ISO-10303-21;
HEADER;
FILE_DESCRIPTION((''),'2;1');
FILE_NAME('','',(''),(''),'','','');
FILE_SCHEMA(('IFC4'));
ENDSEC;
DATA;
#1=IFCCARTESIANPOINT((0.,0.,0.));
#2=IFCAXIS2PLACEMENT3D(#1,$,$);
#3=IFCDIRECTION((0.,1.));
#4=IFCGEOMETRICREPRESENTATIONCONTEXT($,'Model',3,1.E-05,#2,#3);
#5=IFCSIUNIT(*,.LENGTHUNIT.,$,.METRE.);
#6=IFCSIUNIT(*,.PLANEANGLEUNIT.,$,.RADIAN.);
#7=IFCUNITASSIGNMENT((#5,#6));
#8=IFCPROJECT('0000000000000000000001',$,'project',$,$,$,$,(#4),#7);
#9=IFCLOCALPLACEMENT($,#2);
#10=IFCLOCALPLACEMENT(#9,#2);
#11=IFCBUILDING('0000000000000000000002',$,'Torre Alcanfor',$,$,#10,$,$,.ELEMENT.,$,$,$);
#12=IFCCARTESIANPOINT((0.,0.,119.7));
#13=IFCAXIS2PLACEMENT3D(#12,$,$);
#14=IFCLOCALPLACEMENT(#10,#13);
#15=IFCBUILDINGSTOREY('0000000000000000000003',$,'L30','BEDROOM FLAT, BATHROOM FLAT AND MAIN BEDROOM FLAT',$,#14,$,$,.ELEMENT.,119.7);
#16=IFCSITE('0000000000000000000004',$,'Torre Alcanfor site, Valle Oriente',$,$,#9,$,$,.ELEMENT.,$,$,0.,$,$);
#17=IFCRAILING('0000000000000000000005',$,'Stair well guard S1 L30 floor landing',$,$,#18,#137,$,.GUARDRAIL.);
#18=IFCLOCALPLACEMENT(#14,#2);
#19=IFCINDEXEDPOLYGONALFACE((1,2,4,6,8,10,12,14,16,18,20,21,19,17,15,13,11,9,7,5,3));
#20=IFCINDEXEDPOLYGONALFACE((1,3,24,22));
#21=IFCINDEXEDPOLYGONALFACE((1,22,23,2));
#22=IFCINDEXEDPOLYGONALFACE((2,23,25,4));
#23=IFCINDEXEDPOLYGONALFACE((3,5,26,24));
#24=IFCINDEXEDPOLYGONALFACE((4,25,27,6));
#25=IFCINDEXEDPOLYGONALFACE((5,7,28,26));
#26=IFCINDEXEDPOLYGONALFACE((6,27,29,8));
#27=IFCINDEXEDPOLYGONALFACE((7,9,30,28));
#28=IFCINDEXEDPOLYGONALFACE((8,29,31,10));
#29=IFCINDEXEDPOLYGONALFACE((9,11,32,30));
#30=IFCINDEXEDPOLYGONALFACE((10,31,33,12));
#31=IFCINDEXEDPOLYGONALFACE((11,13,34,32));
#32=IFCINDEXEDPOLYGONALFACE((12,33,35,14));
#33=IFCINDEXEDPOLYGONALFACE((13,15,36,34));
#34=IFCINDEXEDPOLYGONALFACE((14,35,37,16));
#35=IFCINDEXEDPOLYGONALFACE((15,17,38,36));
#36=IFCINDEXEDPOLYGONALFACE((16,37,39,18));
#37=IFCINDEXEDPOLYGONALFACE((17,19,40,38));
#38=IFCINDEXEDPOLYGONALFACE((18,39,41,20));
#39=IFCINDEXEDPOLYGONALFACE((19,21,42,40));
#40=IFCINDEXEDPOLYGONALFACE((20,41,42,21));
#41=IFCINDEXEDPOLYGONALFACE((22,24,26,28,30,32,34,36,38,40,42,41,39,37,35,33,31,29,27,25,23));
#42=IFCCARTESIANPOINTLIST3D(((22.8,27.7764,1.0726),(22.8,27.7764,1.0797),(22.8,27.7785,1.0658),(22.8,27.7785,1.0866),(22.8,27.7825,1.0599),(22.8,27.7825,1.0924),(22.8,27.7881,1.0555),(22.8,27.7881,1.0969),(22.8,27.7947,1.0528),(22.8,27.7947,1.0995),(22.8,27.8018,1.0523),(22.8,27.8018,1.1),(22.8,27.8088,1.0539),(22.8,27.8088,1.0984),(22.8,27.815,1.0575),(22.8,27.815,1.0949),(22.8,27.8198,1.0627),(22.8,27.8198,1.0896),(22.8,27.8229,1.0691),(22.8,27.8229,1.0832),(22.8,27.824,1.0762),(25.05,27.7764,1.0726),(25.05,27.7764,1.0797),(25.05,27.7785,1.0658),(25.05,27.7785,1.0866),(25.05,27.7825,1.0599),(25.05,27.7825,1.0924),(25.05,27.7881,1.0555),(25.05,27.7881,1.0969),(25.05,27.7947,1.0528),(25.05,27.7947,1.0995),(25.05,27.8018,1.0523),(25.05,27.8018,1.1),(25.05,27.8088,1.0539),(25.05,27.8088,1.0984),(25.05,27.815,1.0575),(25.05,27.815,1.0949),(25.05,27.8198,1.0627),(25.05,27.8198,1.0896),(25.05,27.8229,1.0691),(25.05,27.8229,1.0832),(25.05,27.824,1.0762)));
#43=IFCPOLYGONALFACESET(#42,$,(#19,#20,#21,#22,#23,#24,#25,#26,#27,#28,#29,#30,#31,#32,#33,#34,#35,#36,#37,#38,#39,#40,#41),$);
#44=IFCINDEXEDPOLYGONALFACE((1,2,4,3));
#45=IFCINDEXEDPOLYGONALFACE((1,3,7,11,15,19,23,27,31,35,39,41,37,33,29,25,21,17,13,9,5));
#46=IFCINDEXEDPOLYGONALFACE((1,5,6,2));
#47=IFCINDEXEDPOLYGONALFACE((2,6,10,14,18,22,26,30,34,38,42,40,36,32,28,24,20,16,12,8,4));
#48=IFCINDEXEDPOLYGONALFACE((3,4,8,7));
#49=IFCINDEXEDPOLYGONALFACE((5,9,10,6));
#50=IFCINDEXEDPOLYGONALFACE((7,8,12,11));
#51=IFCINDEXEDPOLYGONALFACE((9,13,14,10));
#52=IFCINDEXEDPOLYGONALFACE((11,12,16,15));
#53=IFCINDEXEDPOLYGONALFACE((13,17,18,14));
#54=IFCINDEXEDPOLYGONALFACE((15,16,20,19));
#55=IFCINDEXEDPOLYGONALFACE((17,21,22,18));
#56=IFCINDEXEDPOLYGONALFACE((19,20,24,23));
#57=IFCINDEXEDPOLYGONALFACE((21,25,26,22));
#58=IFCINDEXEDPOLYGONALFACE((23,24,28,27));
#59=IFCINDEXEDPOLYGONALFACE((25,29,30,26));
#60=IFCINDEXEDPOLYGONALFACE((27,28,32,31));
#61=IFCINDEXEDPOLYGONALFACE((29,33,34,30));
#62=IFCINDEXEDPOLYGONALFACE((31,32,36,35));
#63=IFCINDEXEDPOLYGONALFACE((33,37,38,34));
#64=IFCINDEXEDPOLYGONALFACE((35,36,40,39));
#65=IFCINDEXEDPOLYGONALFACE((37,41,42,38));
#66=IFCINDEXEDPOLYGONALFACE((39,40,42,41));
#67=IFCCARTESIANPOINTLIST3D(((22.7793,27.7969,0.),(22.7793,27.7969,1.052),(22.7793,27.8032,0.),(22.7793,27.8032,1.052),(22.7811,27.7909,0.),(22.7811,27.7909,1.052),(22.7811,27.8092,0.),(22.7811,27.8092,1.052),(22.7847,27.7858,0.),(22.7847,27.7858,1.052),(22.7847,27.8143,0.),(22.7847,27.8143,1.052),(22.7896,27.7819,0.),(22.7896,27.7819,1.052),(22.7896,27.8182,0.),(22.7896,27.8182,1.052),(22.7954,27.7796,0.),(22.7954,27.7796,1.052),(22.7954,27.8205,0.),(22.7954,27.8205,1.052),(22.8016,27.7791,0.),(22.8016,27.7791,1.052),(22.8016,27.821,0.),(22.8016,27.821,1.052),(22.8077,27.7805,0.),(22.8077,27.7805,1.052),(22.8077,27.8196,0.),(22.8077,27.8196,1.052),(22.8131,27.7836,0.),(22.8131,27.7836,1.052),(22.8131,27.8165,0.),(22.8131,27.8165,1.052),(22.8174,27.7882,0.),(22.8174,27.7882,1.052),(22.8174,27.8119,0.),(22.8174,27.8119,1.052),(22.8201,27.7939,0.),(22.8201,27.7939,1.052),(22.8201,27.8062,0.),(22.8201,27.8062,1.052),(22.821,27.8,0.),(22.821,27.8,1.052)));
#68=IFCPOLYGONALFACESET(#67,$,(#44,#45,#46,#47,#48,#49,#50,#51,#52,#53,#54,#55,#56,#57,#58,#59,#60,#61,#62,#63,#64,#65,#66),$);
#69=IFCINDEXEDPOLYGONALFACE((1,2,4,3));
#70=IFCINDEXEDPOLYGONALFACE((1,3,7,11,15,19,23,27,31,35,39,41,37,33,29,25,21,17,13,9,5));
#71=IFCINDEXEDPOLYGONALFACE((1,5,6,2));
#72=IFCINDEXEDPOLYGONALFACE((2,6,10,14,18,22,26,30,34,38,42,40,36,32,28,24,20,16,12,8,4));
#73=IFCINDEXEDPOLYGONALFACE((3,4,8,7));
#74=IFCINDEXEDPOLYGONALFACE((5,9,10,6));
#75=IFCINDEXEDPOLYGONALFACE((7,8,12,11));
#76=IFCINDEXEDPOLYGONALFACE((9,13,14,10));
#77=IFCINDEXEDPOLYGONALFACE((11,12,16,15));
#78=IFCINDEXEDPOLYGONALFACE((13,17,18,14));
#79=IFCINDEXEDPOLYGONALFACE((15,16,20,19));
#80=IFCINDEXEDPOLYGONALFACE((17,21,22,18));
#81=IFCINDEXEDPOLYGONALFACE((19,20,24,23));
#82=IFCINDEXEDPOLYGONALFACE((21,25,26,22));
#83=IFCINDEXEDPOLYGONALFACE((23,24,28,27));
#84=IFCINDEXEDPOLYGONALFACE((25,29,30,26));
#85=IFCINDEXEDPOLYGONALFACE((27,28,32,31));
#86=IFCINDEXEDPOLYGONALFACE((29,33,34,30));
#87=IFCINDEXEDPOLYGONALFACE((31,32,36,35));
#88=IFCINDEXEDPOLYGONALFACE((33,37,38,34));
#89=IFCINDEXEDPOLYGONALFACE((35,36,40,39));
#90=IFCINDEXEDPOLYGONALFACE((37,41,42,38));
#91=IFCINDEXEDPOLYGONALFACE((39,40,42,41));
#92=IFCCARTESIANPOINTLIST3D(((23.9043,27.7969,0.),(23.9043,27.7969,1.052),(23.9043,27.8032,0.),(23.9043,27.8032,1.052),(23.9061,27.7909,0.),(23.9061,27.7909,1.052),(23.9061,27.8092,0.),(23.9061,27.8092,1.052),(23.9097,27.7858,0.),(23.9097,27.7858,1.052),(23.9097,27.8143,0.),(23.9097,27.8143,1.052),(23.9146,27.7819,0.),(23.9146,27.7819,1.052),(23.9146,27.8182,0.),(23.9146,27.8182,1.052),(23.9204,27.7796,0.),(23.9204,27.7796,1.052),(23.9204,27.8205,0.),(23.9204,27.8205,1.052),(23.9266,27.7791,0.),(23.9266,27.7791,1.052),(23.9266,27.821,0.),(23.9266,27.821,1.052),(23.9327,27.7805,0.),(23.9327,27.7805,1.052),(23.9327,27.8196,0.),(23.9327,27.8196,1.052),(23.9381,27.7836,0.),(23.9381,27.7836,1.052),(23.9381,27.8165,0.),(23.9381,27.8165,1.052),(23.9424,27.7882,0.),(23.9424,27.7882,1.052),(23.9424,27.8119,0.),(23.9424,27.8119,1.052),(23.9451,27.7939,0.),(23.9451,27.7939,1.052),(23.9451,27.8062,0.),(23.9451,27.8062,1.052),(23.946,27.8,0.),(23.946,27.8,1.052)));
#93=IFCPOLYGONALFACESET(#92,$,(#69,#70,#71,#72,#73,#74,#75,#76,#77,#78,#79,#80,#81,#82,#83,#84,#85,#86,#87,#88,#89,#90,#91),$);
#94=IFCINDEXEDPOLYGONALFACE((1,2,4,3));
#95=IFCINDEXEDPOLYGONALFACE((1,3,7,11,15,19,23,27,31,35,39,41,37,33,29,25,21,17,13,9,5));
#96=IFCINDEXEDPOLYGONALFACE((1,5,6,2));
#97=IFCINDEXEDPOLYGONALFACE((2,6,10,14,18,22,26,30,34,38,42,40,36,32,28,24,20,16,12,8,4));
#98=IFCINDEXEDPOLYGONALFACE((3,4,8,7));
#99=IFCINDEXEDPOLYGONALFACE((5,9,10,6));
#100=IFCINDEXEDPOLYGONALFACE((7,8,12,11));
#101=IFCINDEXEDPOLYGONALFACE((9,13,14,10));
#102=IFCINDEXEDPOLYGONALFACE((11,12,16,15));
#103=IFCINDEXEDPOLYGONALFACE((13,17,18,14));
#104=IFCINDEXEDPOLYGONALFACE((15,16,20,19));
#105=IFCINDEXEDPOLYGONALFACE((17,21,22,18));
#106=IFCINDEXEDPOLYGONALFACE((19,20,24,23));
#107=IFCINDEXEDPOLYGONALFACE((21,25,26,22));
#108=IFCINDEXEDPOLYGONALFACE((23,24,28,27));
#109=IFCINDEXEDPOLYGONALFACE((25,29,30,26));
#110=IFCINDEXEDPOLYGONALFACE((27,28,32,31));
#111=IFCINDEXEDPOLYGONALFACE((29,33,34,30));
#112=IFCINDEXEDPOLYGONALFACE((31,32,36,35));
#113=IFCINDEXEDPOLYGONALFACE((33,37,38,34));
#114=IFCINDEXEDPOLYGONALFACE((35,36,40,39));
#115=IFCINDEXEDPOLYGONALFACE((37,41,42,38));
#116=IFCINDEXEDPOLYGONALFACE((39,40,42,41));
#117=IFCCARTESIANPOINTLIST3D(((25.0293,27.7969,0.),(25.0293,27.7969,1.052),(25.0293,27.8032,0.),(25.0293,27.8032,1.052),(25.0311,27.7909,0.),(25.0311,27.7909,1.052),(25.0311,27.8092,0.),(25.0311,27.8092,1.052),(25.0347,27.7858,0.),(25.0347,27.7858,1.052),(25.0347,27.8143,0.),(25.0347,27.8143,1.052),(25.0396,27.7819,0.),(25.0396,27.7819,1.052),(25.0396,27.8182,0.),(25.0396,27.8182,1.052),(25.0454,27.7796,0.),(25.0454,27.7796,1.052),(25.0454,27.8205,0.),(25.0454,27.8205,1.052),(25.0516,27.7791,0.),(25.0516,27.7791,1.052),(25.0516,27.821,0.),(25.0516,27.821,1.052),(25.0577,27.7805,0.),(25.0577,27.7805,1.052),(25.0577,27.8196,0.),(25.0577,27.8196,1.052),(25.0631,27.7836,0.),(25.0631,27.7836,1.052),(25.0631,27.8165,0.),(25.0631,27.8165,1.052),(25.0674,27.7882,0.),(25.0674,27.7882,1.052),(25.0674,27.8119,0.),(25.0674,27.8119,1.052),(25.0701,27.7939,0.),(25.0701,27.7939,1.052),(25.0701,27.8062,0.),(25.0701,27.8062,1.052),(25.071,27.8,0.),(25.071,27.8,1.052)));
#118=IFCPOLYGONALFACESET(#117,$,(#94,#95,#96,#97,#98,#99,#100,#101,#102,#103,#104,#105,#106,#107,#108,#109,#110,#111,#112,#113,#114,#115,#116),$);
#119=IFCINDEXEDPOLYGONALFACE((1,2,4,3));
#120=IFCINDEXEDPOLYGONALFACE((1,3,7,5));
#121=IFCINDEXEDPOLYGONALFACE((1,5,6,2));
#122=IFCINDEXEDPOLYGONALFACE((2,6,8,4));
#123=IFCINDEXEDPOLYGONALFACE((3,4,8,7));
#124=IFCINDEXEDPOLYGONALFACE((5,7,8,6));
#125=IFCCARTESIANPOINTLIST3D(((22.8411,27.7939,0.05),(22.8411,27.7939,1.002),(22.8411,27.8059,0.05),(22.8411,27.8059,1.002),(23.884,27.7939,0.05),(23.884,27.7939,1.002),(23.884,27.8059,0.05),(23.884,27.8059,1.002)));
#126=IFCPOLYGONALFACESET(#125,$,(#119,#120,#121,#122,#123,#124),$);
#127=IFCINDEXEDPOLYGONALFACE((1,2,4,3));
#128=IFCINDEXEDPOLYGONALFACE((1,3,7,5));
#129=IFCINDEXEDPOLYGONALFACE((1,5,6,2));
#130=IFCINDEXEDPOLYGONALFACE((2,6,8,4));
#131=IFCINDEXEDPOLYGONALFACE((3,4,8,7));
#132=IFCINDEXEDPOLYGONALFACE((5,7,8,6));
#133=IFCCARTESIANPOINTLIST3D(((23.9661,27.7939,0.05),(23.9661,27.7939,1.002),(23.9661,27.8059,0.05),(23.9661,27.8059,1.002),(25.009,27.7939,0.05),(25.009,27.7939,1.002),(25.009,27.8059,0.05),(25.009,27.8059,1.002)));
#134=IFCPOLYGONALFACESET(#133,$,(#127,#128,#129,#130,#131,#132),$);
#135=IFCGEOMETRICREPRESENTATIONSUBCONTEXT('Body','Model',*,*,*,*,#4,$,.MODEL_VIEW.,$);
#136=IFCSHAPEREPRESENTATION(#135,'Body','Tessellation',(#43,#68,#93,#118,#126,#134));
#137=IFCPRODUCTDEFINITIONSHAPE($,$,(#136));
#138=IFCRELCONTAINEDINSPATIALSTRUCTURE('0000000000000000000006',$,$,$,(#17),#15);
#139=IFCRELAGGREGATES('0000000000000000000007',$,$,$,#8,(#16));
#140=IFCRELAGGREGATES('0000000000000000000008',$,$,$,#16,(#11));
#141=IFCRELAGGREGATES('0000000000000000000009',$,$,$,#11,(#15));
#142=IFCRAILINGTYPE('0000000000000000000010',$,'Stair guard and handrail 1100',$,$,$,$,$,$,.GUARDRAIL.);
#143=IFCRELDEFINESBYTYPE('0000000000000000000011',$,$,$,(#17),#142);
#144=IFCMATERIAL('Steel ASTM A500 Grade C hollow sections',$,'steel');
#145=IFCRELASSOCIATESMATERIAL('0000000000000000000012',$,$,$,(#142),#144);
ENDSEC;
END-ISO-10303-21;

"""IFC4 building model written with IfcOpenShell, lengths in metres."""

from ifc_helpers import new_model, si_unit, direction, frame, origin, origin_2d, place, context, subcontext, project, spatial, polyline, circle, outline, extrude, material, type_object, element, save


model = new_model("IFC4")

# Units and contexts
model_context = context("Model", 3, precision=1e-05, world=origin(), true_north=direction((0.0, 1.0)))
body_context = subcontext(model_context, "Body", "Model", "MODEL_VIEW")
ifc_project = project(units=[si_unit("LENGTHUNIT", "METRE"), si_unit("PLANEANGLEUNIT", "RADIAN")], contexts=[model_context])

# Site, building, storey
site_placement = place(None, origin())
site = spatial("IfcSite", under=ifc_project, at=site_placement, Name="Torre Alcanfor site, Valle Oriente", CompositionType="ELEMENT", RefElevation=0.0)
building_placement = place(site_placement, origin())
building = spatial("IfcBuilding", under=site, at=building_placement, Name="Torre Alcanfor", CompositionType="ELEMENT")
storey_placement = place(building_placement, frame((0.0, 0.0, 119.7)))
storey = spatial("IfcBuildingStorey", under=building, at=storey_placement, Name="L30", Description="BEDROOM FLAT, BATHROOM FLAT AND MAIN BEDROOM FLAT", CompositionType="ELEMENT", Elevation=119.7)

# Railing
ifc_material_1 = material(Name="Steel ASTM A500 Grade C hollow sections", Category="steel")
railing_type_1 = type_object("IfcRailingType", Name="Stair guard and handrail 1100", PredefinedType="GUARDRAIL", material=ifc_material_1)
railing_1_placement = place(storey_placement, frame((22.8, 27.8, 0.0)))
element("IfcRailing", 1, at=railing_1_placement, inside=storey, type_object=railing_type_1, Name="Stair well guard S1 L30 floor landing", PredefinedType="GUARDRAIL", context=body_context, shape_type="SweptSolid", body=[
    extrude(circle(Radius=0.0239, at=origin_2d()), frame((0.0, 0.0, 1.0762), z_axis=(1.0, 0.0, 0.0), x_axis=(0.0, 1.0, 0.0)), (0.0, 0.0, 1.0), 2.25),
    extrude(circle(Radius=0.021, at=origin_2d()), origin(), (0.0, 0.0, 1.0), 1.052),
    extrude(circle(Radius=0.021, at=origin_2d()), frame((1.125, 0.0, 0.0)), (0.0, 0.0, 1.0), 1.052),
    extrude(circle(Radius=0.021, at=origin_2d()), frame((2.25, 0.0, 0.0)), (0.0, 0.0, 1.0), 1.052),
    extrude(outline(polyline([(0.041, 0.05), (1.084, 0.05), (1.084, 1.002), (0.041, 1.002), (0.041, 0.05)])), frame((0.0, 0.0059, 0.0), z_axis=(0.0, -1.0, 0.0), x_axis=(1.0, 0.0, 0.0)), (0.0, 0.0, 1.0), 0.012),
    extrude(outline(polyline([(1.166, 0.05), (2.209, 0.05), (2.209, 1.002), (1.166, 1.002), (1.166, 0.05)])), frame((0.0, 0.0059, 0.0), z_axis=(0.0, -1.0, 0.0), x_axis=(1.0, 0.0, 0.0)), (0.0, 0.0, 1.0), 0.012),
])

save(model, "model.ifc")
